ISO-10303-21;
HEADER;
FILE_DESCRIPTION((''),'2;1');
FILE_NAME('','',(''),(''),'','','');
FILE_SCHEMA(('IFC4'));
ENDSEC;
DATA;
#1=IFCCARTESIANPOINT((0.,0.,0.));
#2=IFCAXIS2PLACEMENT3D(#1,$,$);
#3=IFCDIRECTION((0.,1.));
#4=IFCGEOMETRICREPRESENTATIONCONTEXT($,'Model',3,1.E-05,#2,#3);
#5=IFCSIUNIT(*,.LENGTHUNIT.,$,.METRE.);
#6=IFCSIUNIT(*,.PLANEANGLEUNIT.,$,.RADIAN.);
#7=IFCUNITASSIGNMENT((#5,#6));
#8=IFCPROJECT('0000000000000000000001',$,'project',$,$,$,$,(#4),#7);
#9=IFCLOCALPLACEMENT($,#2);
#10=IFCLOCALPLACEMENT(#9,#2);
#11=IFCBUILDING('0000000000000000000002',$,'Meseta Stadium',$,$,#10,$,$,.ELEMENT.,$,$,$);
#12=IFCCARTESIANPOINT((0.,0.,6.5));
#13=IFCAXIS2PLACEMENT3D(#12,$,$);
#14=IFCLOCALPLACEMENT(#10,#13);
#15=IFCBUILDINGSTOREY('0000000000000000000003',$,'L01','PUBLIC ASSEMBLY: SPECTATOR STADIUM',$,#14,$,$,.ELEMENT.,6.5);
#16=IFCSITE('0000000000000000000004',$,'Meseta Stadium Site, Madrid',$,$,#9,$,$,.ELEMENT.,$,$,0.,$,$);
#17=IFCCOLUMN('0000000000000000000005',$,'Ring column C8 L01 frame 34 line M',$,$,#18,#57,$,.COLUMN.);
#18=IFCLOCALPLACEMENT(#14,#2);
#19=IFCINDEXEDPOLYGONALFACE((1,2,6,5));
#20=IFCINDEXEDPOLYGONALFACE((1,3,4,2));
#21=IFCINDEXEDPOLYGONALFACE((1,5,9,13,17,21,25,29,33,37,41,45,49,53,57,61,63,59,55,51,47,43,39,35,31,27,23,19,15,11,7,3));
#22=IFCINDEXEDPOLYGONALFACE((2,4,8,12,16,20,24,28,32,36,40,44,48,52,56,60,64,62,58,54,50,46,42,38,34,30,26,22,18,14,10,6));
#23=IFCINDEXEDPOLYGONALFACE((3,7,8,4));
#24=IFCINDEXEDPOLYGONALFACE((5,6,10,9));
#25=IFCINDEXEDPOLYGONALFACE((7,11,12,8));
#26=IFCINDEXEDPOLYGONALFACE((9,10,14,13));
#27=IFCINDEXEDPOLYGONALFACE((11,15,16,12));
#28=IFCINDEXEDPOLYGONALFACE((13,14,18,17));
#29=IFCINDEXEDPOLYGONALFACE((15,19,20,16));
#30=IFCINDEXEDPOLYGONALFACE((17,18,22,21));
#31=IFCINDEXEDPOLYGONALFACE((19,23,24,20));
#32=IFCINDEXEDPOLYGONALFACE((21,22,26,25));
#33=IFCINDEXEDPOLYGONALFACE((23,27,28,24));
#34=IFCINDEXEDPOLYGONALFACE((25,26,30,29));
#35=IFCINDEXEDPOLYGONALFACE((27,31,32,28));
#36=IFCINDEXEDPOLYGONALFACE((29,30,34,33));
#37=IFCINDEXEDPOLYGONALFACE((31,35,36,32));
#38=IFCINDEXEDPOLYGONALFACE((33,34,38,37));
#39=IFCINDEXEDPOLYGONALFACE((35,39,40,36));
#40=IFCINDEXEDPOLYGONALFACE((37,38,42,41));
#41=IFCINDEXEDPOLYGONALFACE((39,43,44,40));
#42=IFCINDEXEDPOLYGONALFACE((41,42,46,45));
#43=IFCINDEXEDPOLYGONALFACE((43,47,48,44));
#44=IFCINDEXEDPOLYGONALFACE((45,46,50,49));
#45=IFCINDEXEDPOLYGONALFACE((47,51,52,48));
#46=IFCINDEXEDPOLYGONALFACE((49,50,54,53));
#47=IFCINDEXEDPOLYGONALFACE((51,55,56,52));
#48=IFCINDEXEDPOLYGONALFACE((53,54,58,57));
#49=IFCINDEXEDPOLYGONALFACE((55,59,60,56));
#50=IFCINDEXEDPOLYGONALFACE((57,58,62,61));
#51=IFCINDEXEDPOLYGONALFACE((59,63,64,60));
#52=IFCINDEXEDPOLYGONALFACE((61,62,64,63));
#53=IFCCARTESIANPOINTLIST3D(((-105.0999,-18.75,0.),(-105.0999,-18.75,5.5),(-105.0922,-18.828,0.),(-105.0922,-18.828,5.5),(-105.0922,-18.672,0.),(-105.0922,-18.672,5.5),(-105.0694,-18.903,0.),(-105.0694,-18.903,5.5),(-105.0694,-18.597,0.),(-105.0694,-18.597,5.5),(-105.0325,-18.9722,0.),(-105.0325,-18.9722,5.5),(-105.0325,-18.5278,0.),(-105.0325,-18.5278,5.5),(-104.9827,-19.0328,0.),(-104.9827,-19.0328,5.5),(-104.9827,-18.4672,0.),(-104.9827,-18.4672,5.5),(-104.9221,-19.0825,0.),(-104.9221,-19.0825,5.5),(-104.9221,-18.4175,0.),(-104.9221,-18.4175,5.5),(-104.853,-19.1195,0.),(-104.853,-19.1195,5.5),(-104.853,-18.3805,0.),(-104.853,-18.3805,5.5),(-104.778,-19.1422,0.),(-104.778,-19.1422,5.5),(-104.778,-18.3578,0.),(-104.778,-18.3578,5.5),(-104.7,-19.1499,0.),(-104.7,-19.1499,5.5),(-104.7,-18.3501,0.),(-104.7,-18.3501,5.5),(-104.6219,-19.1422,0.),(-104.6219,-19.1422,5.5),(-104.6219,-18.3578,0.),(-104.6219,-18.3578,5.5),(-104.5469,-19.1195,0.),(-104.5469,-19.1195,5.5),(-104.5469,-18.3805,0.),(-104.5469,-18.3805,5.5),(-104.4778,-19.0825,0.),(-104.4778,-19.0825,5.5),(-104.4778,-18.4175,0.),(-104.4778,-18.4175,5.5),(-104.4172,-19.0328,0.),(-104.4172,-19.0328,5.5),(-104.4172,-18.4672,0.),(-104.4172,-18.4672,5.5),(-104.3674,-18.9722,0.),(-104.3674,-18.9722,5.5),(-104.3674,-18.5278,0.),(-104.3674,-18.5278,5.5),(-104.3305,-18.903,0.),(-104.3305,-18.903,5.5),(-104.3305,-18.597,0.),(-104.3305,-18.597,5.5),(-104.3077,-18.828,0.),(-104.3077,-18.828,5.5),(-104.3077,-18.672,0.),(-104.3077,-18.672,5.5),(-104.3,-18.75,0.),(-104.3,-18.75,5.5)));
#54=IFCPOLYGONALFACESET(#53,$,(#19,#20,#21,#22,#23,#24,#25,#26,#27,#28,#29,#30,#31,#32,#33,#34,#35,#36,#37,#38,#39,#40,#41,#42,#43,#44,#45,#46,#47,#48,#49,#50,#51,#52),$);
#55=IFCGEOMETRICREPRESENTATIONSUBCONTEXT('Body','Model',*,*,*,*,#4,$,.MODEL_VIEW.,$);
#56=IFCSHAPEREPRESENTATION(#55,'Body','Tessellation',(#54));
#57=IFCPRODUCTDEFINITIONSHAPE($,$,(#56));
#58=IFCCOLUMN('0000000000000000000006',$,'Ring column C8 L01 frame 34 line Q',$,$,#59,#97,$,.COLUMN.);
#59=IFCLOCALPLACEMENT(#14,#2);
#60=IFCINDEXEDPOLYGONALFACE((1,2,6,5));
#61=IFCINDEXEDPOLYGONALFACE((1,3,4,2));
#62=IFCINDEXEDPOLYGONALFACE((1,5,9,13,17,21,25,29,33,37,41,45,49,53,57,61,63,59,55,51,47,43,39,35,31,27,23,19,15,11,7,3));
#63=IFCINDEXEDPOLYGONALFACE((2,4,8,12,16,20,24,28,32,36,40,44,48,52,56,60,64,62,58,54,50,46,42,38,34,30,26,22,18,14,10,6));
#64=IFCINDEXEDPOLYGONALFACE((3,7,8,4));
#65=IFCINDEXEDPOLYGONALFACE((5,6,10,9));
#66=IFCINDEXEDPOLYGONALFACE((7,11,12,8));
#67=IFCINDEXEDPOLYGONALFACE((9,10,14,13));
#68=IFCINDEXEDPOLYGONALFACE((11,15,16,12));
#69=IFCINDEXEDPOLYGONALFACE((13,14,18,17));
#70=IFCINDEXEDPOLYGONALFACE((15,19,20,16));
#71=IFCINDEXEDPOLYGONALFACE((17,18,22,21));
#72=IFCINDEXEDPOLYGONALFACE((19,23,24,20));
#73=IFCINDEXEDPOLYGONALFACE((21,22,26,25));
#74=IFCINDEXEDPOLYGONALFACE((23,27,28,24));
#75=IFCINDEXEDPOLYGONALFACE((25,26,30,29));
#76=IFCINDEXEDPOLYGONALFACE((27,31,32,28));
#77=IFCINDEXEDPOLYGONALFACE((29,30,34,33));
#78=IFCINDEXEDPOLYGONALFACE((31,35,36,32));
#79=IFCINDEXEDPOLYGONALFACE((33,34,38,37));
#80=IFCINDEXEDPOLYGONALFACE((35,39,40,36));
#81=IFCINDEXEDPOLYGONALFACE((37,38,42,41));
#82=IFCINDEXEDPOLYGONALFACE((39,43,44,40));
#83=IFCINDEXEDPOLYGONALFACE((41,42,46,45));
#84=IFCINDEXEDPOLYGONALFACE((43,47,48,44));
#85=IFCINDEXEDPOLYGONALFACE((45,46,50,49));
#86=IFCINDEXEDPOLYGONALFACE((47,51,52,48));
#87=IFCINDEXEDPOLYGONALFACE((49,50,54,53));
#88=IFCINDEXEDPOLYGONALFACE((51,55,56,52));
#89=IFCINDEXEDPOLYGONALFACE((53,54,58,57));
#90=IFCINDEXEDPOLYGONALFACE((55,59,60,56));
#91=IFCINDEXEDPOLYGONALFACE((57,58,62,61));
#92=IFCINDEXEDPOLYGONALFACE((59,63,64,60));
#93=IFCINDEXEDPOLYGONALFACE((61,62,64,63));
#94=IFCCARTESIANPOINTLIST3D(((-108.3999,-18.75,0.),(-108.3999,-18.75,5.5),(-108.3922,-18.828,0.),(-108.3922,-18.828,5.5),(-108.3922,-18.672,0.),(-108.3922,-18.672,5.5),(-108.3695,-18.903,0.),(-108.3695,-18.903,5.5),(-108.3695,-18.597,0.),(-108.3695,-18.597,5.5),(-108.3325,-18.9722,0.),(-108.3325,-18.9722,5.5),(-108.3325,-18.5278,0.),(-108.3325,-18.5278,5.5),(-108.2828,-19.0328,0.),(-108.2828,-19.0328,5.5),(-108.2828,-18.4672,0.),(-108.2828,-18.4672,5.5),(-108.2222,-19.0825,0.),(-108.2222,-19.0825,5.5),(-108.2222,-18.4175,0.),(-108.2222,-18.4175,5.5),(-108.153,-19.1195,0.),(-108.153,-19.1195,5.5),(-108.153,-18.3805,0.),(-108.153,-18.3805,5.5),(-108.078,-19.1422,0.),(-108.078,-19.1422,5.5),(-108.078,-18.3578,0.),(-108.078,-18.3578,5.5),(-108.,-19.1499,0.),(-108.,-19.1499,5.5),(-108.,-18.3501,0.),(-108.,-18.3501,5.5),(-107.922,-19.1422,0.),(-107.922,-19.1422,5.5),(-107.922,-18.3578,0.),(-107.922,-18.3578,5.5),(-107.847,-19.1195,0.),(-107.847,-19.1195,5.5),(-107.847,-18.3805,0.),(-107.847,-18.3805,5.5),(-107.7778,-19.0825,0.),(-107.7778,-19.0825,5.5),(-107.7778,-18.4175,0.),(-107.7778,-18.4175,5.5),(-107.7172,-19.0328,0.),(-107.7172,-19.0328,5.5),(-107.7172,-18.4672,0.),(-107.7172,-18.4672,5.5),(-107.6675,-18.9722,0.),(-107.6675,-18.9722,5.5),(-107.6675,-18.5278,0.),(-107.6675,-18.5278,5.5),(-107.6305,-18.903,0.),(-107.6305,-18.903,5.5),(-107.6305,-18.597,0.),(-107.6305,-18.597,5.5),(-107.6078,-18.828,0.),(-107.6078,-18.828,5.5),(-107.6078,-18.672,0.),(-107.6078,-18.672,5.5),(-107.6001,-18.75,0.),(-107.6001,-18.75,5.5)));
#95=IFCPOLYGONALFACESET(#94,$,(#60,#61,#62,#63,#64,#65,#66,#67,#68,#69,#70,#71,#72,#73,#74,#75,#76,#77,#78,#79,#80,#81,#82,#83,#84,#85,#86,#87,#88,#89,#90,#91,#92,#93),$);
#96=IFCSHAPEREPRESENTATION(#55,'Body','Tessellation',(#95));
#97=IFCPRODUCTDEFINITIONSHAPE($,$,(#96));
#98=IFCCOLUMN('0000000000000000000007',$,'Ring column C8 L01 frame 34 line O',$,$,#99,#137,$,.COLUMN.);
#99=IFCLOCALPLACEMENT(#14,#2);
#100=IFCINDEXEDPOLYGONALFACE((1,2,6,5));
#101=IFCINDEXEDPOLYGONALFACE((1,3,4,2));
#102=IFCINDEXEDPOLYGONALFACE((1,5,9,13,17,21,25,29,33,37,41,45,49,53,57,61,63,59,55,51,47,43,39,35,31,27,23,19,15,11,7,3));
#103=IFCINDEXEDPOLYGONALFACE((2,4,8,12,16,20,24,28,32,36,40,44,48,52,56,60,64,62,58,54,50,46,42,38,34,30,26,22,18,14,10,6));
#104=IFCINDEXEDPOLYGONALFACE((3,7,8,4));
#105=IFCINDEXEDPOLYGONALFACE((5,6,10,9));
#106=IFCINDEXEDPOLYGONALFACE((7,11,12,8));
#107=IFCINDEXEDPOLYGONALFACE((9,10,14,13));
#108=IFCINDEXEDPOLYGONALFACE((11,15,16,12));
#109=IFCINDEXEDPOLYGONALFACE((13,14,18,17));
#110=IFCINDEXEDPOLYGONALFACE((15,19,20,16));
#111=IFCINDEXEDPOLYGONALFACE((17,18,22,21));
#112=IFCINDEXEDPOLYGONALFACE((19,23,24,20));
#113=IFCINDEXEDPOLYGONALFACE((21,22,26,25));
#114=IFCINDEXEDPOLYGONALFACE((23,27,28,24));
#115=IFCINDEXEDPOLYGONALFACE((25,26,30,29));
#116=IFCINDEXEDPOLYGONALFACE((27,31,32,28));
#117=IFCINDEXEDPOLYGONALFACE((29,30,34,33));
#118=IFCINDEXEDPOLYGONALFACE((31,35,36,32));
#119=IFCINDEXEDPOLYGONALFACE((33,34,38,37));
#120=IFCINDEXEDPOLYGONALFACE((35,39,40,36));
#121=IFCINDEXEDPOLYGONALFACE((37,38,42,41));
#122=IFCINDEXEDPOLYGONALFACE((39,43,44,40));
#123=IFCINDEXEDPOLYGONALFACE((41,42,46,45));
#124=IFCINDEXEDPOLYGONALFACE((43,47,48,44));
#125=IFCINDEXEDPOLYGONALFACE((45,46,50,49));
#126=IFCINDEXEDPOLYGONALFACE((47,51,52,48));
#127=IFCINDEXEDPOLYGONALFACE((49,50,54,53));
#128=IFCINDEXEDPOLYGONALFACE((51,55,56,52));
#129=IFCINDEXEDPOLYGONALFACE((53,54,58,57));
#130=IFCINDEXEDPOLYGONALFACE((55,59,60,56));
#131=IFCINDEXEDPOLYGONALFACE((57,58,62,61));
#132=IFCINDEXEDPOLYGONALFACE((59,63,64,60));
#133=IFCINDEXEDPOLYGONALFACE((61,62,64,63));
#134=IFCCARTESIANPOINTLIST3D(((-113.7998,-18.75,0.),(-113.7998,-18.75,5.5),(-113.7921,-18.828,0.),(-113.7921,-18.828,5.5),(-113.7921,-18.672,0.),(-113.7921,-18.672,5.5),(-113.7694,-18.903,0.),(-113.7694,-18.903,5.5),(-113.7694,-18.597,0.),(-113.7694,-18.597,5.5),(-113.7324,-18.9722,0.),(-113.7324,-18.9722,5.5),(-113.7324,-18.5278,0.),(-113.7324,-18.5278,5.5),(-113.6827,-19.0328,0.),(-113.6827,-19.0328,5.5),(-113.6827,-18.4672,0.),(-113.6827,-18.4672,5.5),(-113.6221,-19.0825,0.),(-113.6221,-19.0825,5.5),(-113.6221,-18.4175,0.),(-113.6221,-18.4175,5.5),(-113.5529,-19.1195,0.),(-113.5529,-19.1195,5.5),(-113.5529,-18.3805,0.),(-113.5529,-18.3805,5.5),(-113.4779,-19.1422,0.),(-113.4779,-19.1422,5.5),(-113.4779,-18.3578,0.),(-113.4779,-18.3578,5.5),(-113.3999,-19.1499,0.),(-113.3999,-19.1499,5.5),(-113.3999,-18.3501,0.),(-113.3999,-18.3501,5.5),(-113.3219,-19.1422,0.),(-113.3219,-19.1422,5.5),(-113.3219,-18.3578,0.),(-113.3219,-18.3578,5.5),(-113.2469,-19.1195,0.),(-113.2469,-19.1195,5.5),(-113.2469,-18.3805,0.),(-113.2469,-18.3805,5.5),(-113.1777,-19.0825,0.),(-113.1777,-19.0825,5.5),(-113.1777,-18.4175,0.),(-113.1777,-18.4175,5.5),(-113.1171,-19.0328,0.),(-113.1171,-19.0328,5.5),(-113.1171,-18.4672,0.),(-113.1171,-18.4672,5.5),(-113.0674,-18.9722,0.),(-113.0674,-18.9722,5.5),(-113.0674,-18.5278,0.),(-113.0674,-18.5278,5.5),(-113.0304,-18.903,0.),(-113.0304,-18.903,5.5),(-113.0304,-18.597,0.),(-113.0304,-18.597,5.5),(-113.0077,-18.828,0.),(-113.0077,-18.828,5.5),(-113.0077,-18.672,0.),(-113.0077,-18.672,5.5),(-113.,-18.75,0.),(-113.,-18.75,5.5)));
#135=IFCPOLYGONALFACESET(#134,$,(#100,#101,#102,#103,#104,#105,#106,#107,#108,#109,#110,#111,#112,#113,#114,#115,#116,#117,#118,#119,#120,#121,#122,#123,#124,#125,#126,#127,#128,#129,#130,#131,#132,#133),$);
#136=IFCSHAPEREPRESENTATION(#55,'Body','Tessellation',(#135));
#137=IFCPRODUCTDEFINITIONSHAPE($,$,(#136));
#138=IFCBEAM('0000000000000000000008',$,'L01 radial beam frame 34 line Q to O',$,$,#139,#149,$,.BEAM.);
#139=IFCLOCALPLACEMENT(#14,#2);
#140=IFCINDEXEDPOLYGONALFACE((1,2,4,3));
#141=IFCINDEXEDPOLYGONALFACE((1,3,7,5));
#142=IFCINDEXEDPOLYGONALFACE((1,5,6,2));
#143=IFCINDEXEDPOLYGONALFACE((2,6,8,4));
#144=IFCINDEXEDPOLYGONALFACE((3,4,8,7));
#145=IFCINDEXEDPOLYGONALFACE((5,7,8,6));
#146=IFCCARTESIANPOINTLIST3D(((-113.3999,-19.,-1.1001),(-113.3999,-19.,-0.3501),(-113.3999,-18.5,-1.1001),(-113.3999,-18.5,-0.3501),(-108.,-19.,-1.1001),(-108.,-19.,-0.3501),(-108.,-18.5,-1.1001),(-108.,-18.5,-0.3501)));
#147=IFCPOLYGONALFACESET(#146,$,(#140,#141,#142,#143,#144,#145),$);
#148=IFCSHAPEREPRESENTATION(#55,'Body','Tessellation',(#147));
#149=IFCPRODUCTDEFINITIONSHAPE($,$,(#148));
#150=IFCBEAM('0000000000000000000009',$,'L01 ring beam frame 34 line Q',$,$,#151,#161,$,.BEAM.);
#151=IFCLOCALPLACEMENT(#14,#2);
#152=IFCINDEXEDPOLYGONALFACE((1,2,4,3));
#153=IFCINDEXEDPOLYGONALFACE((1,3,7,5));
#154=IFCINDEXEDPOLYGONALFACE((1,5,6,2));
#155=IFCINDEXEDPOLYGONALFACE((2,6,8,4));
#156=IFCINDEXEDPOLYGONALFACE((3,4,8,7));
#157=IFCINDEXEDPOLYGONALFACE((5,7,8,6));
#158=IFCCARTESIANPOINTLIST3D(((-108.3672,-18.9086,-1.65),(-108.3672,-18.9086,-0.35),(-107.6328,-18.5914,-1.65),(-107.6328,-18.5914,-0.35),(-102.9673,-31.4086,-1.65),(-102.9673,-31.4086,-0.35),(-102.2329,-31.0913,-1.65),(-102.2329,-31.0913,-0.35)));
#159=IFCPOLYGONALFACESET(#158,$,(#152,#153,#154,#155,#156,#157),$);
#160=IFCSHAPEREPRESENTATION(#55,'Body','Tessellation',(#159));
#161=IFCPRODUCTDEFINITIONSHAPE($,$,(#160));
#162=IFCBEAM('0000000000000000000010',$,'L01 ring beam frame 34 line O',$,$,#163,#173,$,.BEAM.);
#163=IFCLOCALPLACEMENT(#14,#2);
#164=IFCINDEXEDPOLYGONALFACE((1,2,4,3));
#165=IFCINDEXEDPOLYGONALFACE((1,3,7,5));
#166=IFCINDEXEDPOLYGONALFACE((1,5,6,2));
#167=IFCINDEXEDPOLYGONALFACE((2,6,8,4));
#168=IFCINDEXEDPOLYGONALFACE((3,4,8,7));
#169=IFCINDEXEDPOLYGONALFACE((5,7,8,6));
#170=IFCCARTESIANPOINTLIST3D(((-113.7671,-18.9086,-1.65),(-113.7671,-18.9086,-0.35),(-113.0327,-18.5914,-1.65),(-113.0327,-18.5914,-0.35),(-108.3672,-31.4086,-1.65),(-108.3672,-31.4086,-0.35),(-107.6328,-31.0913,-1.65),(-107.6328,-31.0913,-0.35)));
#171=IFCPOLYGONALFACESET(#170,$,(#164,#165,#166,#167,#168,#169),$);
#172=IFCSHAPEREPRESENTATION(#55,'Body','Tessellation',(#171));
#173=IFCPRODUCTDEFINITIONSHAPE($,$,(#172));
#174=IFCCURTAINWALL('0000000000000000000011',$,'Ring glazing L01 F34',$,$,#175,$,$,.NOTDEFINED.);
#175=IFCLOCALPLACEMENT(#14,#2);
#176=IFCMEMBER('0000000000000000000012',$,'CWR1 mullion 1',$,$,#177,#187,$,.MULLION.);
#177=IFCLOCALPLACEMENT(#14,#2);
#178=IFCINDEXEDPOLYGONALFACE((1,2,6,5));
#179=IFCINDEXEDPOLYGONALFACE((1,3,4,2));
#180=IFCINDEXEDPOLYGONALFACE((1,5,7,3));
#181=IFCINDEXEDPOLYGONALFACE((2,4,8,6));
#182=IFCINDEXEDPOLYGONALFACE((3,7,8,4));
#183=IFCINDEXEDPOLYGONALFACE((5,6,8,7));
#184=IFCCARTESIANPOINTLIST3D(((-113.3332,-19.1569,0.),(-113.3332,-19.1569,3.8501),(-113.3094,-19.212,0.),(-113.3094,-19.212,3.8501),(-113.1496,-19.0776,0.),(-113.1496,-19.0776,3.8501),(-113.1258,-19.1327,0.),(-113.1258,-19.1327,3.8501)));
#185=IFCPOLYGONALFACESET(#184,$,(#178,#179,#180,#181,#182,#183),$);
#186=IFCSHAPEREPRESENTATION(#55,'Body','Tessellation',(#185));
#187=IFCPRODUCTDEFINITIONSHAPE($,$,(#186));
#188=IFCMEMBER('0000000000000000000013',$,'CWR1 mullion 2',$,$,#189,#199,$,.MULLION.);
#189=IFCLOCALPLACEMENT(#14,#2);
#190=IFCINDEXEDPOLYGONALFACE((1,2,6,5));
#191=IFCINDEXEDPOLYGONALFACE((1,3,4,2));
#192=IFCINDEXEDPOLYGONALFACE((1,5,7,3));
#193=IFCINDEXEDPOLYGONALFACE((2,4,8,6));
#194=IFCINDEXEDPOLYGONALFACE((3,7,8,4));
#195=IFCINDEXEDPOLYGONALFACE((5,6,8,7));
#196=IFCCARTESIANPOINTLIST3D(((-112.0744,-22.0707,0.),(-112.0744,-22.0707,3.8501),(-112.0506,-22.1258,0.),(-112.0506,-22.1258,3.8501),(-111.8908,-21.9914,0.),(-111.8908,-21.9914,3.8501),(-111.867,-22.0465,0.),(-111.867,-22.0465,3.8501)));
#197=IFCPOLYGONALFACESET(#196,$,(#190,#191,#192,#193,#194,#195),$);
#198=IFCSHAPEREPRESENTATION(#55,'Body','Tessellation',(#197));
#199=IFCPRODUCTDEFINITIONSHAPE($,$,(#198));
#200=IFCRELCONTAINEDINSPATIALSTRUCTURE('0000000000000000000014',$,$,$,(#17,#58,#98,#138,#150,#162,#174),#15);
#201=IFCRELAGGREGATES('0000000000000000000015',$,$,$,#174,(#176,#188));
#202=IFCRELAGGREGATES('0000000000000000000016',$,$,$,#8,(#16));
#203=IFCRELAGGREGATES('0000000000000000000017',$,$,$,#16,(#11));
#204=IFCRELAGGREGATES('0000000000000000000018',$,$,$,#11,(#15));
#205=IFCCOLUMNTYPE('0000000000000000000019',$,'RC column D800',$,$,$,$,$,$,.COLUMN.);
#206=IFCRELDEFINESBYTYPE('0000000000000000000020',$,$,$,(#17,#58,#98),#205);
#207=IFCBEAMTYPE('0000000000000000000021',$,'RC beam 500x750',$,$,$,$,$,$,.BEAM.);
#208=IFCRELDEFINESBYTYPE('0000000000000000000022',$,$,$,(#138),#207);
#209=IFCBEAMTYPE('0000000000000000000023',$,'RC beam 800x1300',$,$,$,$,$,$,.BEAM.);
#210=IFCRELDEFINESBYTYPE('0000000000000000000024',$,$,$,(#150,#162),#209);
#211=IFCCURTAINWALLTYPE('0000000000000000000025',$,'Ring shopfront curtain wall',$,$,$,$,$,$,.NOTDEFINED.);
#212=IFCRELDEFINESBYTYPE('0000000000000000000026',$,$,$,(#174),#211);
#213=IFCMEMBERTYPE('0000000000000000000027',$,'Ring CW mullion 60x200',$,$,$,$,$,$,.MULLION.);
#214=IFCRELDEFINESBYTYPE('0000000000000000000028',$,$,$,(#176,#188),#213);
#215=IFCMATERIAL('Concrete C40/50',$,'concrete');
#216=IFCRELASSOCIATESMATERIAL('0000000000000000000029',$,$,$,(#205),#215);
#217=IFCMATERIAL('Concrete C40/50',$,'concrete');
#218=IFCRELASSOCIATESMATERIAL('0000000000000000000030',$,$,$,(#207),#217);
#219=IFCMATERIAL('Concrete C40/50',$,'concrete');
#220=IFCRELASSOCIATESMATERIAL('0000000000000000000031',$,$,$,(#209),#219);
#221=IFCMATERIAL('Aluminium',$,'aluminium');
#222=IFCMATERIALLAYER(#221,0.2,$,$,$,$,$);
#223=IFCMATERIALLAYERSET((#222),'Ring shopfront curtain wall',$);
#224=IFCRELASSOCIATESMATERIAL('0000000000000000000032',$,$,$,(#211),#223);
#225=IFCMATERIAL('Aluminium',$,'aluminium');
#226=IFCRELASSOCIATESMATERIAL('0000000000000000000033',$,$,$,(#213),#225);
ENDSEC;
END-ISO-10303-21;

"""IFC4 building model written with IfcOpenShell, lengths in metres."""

from ifc_helpers import new_model, si_unit, direction, frame, origin, origin_2d, place, context, subcontext, project, spatial, rectangle, circle, extrude, material, layer, layer_set, material_profile, profile_set, type_object, element, aggregate, save


model = new_model("IFC4")

# Units and contexts
model_context = context("Model", 3, precision=1e-05, world=origin(), true_north=direction((0.0, 1.0)))
body_context = subcontext(model_context, "Body", "Model", "MODEL_VIEW")
ifc_project = project(units=[si_unit("LENGTHUNIT", "METRE"), si_unit("PLANEANGLEUNIT", "RADIAN")], contexts=[model_context])

# Site, building, storey
site_placement = place(None, origin())
site = spatial("IfcSite", under=ifc_project, at=site_placement, Name="Meseta Stadium Site, Madrid", CompositionType="ELEMENT", RefElevation=0.0)
building_placement = place(site_placement, origin())
building = spatial("IfcBuilding", under=site, at=building_placement, Name="Meseta Stadium", CompositionType="ELEMENT")
storey_placement = place(building_placement, frame((0.0, 0.0, 6.5)))
storey = spatial("IfcBuildingStorey", under=building, at=storey_placement, Name="L01", Description="PUBLIC ASSEMBLY: SPECTATOR STADIUM", CompositionType="ELEMENT", Elevation=6.5)

# Columns
ifc_material_1 = material(Name="Concrete C40/50", Category="concrete")
ifc_material_profile_1 = material_profile(ifc_material_1, circle(Radius=0.3999, at=origin_2d()), Name="RC D800")
ifc_profile_set_1 = profile_set([ifc_material_profile_1], Name="Concrete C40/50")
column_type = type_object("IfcColumnType", Name="RC column D800", PredefinedType="COLUMN", material=ifc_profile_set_1)
for number, where, z_axis, x_axis, name in (
    (1, (-104.7, -18.75, 0.0), (0.0, 0.0, 1.0), (1.0, 0.0, 0.0), "Ring column C8 L01 frame 34 line M"),
    (2, (-108.0, -18.75, 0.0), (0.0, 0.0, 1.0), (1.0, 0.0, 0.0), "Ring column C8 L01 frame 34 line Q"),
    (3, (-113.3999, -18.75, 0.0), (0.0, 0.0, 1.0), (1.0, 0.0, 0.0), "Ring column C8 L01 frame 34 line O"),
):
    element("IfcColumn", number, at=place(storey_placement, frame(where, z_axis=z_axis, x_axis=x_axis)), inside=storey, type_object=column_type, Name=name, PredefinedType="COLUMN", context=body_context, shape_type="SweptSolid", body=[
        extrude(circle(Radius=0.3999, at=origin_2d()), origin(), (0.0, 0.0, 1.0), 5.5),
    ])

# Beams
ifc_material_2 = material(Name="Concrete C40/50", Category="concrete")
ifc_material_profile_2 = material_profile(ifc_material_2, rectangle(XDim=0.5, YDim=0.75, at=origin_2d()), Name="RC 500x750")
ifc_profile_set_2 = profile_set([ifc_material_profile_2], Name="Concrete C40/50")
beam_type_1 = type_object("IfcBeamType", Name="RC beam 500x750", PredefinedType="BEAM", material=ifc_profile_set_2)
beam_placement = place(storey_placement, frame((-108.0, -18.75, -0.7251), z_axis=(-1.0, 0.0, 0.0), x_axis=(0.0, -1.0, 0.0)))
element("IfcBeam", 4, at=beam_placement, inside=storey, type_object=beam_type_1, Name="L01 radial beam frame 34 line Q to O", PredefinedType="BEAM", context=body_context, shape_type="SweptSolid", body=[
    extrude(rectangle(XDim=0.5, YDim=0.75, at=origin_2d()), origin(), (0.0, 0.0, 1.0), 5.3999),
])
ifc_material_3 = material(Name="Concrete C40/50", Category="concrete")
ifc_material_profile_3 = material_profile(ifc_material_3, rectangle(XDim=0.8, YDim=1.3, at=origin_2d()), Name="RC 800x1300")
ifc_profile_set_3 = profile_set([ifc_material_profile_3], Name="Concrete C40/50")
beam_type_2 = type_object("IfcBeamType", Name="RC beam 800x1300", PredefinedType="BEAM", material=ifc_profile_set_3)
for number, where, z_axis, x_axis, name in (
    (5, (-108.0, -18.75, -1.0), (0.396571, -0.918004, 0.0), (0.918004, 0.396571, 0.0), "L01 ring beam frame 34 line Q"),
    (6, (-113.3999, -18.75, -1.0), (0.396571, -0.918004, 0.0), (0.918004, 0.396571, 0.0), "L01 ring beam frame 34 line O"),
):
    element("IfcBeam", number, at=place(storey_placement, frame(where, z_axis=z_axis, x_axis=x_axis)), inside=storey, type_object=beam_type_2, Name=name, PredefinedType="BEAM", context=body_context, shape_type="SweptSolid", body=[
        extrude(rectangle(XDim=0.8, YDim=1.3, at=origin_2d()), origin(), (0.0, 0.0, 1.0), 13.6165),
    ])

# Curtain wall, members
ifc_material_4 = material(Name="Aluminium", Category="aluminium")
ifc_layer_1 = layer(ifc_material_4, 0.2)
ifc_layer_set_1 = layer_set([ifc_layer_1], Name="Ring shopfront curtain wall")
curtain_wall_type = type_object("IfcCurtainWallType", Name="Ring shopfront curtain wall", PredefinedType="NOTDEFINED", material=ifc_layer_set_1)
curtain_wall_placement = place(storey_placement, origin())
curtain_wall = element("IfcCurtainWall", 7, at=curtain_wall_placement, inside=storey, type_object=curtain_wall_type, Name="Ring glazing L01 F34", PredefinedType="NOTDEFINED")
ifc_material_5 = material(Name="Aluminium", Category="aluminium")
ifc_material_profile_4 = material_profile(ifc_material_5, rectangle(XDim=0.2, YDim=0.0601, at=origin_2d()), Name="CW 200x60")
ifc_profile_set_4 = profile_set([ifc_material_profile_4], Name="Aluminium")
member_type_1 = type_object("IfcMemberType", Name="Ring CW mullion 60x200", PredefinedType="MULLION", material=ifc_profile_set_4)
member_1_placement = place(storey_placement, frame((-113.2295, -19.1448, 0.0), z_axis=(0.0, 0.0, 1.0), x_axis=(0.918, 0.396581, 0.0)))
member_1 = element("IfcMember", 8, at=member_1_placement, type_object=member_type_1, Name="CWR1 mullion 1", PredefinedType="MULLION", context=body_context, shape_type="SweptSolid", body=[
    extrude(rectangle(XDim=0.2, YDim=0.0601, at=origin_2d()), origin(), (0.0, 0.0, 1.0), 3.8501),
])
member_2_placement = place(storey_placement, frame((-111.9707, -22.0586, 0.0), z_axis=(0.0, 0.0, 1.0), x_axis=(0.918, 0.396581, 0.0)))
member_2 = element("IfcMember", 9, at=member_2_placement, type_object=member_type_1, Name="CWR1 mullion 2", PredefinedType="MULLION", context=body_context, shape_type="SweptSolid", body=[
    extrude(rectangle(XDim=0.2, YDim=0.0601, at=origin_2d()), origin(), (0.0, 0.0, 1.0), 3.8501),
])

aggregate(curtain_wall, [member_1, member_2])

save(model, "model.ifc")
